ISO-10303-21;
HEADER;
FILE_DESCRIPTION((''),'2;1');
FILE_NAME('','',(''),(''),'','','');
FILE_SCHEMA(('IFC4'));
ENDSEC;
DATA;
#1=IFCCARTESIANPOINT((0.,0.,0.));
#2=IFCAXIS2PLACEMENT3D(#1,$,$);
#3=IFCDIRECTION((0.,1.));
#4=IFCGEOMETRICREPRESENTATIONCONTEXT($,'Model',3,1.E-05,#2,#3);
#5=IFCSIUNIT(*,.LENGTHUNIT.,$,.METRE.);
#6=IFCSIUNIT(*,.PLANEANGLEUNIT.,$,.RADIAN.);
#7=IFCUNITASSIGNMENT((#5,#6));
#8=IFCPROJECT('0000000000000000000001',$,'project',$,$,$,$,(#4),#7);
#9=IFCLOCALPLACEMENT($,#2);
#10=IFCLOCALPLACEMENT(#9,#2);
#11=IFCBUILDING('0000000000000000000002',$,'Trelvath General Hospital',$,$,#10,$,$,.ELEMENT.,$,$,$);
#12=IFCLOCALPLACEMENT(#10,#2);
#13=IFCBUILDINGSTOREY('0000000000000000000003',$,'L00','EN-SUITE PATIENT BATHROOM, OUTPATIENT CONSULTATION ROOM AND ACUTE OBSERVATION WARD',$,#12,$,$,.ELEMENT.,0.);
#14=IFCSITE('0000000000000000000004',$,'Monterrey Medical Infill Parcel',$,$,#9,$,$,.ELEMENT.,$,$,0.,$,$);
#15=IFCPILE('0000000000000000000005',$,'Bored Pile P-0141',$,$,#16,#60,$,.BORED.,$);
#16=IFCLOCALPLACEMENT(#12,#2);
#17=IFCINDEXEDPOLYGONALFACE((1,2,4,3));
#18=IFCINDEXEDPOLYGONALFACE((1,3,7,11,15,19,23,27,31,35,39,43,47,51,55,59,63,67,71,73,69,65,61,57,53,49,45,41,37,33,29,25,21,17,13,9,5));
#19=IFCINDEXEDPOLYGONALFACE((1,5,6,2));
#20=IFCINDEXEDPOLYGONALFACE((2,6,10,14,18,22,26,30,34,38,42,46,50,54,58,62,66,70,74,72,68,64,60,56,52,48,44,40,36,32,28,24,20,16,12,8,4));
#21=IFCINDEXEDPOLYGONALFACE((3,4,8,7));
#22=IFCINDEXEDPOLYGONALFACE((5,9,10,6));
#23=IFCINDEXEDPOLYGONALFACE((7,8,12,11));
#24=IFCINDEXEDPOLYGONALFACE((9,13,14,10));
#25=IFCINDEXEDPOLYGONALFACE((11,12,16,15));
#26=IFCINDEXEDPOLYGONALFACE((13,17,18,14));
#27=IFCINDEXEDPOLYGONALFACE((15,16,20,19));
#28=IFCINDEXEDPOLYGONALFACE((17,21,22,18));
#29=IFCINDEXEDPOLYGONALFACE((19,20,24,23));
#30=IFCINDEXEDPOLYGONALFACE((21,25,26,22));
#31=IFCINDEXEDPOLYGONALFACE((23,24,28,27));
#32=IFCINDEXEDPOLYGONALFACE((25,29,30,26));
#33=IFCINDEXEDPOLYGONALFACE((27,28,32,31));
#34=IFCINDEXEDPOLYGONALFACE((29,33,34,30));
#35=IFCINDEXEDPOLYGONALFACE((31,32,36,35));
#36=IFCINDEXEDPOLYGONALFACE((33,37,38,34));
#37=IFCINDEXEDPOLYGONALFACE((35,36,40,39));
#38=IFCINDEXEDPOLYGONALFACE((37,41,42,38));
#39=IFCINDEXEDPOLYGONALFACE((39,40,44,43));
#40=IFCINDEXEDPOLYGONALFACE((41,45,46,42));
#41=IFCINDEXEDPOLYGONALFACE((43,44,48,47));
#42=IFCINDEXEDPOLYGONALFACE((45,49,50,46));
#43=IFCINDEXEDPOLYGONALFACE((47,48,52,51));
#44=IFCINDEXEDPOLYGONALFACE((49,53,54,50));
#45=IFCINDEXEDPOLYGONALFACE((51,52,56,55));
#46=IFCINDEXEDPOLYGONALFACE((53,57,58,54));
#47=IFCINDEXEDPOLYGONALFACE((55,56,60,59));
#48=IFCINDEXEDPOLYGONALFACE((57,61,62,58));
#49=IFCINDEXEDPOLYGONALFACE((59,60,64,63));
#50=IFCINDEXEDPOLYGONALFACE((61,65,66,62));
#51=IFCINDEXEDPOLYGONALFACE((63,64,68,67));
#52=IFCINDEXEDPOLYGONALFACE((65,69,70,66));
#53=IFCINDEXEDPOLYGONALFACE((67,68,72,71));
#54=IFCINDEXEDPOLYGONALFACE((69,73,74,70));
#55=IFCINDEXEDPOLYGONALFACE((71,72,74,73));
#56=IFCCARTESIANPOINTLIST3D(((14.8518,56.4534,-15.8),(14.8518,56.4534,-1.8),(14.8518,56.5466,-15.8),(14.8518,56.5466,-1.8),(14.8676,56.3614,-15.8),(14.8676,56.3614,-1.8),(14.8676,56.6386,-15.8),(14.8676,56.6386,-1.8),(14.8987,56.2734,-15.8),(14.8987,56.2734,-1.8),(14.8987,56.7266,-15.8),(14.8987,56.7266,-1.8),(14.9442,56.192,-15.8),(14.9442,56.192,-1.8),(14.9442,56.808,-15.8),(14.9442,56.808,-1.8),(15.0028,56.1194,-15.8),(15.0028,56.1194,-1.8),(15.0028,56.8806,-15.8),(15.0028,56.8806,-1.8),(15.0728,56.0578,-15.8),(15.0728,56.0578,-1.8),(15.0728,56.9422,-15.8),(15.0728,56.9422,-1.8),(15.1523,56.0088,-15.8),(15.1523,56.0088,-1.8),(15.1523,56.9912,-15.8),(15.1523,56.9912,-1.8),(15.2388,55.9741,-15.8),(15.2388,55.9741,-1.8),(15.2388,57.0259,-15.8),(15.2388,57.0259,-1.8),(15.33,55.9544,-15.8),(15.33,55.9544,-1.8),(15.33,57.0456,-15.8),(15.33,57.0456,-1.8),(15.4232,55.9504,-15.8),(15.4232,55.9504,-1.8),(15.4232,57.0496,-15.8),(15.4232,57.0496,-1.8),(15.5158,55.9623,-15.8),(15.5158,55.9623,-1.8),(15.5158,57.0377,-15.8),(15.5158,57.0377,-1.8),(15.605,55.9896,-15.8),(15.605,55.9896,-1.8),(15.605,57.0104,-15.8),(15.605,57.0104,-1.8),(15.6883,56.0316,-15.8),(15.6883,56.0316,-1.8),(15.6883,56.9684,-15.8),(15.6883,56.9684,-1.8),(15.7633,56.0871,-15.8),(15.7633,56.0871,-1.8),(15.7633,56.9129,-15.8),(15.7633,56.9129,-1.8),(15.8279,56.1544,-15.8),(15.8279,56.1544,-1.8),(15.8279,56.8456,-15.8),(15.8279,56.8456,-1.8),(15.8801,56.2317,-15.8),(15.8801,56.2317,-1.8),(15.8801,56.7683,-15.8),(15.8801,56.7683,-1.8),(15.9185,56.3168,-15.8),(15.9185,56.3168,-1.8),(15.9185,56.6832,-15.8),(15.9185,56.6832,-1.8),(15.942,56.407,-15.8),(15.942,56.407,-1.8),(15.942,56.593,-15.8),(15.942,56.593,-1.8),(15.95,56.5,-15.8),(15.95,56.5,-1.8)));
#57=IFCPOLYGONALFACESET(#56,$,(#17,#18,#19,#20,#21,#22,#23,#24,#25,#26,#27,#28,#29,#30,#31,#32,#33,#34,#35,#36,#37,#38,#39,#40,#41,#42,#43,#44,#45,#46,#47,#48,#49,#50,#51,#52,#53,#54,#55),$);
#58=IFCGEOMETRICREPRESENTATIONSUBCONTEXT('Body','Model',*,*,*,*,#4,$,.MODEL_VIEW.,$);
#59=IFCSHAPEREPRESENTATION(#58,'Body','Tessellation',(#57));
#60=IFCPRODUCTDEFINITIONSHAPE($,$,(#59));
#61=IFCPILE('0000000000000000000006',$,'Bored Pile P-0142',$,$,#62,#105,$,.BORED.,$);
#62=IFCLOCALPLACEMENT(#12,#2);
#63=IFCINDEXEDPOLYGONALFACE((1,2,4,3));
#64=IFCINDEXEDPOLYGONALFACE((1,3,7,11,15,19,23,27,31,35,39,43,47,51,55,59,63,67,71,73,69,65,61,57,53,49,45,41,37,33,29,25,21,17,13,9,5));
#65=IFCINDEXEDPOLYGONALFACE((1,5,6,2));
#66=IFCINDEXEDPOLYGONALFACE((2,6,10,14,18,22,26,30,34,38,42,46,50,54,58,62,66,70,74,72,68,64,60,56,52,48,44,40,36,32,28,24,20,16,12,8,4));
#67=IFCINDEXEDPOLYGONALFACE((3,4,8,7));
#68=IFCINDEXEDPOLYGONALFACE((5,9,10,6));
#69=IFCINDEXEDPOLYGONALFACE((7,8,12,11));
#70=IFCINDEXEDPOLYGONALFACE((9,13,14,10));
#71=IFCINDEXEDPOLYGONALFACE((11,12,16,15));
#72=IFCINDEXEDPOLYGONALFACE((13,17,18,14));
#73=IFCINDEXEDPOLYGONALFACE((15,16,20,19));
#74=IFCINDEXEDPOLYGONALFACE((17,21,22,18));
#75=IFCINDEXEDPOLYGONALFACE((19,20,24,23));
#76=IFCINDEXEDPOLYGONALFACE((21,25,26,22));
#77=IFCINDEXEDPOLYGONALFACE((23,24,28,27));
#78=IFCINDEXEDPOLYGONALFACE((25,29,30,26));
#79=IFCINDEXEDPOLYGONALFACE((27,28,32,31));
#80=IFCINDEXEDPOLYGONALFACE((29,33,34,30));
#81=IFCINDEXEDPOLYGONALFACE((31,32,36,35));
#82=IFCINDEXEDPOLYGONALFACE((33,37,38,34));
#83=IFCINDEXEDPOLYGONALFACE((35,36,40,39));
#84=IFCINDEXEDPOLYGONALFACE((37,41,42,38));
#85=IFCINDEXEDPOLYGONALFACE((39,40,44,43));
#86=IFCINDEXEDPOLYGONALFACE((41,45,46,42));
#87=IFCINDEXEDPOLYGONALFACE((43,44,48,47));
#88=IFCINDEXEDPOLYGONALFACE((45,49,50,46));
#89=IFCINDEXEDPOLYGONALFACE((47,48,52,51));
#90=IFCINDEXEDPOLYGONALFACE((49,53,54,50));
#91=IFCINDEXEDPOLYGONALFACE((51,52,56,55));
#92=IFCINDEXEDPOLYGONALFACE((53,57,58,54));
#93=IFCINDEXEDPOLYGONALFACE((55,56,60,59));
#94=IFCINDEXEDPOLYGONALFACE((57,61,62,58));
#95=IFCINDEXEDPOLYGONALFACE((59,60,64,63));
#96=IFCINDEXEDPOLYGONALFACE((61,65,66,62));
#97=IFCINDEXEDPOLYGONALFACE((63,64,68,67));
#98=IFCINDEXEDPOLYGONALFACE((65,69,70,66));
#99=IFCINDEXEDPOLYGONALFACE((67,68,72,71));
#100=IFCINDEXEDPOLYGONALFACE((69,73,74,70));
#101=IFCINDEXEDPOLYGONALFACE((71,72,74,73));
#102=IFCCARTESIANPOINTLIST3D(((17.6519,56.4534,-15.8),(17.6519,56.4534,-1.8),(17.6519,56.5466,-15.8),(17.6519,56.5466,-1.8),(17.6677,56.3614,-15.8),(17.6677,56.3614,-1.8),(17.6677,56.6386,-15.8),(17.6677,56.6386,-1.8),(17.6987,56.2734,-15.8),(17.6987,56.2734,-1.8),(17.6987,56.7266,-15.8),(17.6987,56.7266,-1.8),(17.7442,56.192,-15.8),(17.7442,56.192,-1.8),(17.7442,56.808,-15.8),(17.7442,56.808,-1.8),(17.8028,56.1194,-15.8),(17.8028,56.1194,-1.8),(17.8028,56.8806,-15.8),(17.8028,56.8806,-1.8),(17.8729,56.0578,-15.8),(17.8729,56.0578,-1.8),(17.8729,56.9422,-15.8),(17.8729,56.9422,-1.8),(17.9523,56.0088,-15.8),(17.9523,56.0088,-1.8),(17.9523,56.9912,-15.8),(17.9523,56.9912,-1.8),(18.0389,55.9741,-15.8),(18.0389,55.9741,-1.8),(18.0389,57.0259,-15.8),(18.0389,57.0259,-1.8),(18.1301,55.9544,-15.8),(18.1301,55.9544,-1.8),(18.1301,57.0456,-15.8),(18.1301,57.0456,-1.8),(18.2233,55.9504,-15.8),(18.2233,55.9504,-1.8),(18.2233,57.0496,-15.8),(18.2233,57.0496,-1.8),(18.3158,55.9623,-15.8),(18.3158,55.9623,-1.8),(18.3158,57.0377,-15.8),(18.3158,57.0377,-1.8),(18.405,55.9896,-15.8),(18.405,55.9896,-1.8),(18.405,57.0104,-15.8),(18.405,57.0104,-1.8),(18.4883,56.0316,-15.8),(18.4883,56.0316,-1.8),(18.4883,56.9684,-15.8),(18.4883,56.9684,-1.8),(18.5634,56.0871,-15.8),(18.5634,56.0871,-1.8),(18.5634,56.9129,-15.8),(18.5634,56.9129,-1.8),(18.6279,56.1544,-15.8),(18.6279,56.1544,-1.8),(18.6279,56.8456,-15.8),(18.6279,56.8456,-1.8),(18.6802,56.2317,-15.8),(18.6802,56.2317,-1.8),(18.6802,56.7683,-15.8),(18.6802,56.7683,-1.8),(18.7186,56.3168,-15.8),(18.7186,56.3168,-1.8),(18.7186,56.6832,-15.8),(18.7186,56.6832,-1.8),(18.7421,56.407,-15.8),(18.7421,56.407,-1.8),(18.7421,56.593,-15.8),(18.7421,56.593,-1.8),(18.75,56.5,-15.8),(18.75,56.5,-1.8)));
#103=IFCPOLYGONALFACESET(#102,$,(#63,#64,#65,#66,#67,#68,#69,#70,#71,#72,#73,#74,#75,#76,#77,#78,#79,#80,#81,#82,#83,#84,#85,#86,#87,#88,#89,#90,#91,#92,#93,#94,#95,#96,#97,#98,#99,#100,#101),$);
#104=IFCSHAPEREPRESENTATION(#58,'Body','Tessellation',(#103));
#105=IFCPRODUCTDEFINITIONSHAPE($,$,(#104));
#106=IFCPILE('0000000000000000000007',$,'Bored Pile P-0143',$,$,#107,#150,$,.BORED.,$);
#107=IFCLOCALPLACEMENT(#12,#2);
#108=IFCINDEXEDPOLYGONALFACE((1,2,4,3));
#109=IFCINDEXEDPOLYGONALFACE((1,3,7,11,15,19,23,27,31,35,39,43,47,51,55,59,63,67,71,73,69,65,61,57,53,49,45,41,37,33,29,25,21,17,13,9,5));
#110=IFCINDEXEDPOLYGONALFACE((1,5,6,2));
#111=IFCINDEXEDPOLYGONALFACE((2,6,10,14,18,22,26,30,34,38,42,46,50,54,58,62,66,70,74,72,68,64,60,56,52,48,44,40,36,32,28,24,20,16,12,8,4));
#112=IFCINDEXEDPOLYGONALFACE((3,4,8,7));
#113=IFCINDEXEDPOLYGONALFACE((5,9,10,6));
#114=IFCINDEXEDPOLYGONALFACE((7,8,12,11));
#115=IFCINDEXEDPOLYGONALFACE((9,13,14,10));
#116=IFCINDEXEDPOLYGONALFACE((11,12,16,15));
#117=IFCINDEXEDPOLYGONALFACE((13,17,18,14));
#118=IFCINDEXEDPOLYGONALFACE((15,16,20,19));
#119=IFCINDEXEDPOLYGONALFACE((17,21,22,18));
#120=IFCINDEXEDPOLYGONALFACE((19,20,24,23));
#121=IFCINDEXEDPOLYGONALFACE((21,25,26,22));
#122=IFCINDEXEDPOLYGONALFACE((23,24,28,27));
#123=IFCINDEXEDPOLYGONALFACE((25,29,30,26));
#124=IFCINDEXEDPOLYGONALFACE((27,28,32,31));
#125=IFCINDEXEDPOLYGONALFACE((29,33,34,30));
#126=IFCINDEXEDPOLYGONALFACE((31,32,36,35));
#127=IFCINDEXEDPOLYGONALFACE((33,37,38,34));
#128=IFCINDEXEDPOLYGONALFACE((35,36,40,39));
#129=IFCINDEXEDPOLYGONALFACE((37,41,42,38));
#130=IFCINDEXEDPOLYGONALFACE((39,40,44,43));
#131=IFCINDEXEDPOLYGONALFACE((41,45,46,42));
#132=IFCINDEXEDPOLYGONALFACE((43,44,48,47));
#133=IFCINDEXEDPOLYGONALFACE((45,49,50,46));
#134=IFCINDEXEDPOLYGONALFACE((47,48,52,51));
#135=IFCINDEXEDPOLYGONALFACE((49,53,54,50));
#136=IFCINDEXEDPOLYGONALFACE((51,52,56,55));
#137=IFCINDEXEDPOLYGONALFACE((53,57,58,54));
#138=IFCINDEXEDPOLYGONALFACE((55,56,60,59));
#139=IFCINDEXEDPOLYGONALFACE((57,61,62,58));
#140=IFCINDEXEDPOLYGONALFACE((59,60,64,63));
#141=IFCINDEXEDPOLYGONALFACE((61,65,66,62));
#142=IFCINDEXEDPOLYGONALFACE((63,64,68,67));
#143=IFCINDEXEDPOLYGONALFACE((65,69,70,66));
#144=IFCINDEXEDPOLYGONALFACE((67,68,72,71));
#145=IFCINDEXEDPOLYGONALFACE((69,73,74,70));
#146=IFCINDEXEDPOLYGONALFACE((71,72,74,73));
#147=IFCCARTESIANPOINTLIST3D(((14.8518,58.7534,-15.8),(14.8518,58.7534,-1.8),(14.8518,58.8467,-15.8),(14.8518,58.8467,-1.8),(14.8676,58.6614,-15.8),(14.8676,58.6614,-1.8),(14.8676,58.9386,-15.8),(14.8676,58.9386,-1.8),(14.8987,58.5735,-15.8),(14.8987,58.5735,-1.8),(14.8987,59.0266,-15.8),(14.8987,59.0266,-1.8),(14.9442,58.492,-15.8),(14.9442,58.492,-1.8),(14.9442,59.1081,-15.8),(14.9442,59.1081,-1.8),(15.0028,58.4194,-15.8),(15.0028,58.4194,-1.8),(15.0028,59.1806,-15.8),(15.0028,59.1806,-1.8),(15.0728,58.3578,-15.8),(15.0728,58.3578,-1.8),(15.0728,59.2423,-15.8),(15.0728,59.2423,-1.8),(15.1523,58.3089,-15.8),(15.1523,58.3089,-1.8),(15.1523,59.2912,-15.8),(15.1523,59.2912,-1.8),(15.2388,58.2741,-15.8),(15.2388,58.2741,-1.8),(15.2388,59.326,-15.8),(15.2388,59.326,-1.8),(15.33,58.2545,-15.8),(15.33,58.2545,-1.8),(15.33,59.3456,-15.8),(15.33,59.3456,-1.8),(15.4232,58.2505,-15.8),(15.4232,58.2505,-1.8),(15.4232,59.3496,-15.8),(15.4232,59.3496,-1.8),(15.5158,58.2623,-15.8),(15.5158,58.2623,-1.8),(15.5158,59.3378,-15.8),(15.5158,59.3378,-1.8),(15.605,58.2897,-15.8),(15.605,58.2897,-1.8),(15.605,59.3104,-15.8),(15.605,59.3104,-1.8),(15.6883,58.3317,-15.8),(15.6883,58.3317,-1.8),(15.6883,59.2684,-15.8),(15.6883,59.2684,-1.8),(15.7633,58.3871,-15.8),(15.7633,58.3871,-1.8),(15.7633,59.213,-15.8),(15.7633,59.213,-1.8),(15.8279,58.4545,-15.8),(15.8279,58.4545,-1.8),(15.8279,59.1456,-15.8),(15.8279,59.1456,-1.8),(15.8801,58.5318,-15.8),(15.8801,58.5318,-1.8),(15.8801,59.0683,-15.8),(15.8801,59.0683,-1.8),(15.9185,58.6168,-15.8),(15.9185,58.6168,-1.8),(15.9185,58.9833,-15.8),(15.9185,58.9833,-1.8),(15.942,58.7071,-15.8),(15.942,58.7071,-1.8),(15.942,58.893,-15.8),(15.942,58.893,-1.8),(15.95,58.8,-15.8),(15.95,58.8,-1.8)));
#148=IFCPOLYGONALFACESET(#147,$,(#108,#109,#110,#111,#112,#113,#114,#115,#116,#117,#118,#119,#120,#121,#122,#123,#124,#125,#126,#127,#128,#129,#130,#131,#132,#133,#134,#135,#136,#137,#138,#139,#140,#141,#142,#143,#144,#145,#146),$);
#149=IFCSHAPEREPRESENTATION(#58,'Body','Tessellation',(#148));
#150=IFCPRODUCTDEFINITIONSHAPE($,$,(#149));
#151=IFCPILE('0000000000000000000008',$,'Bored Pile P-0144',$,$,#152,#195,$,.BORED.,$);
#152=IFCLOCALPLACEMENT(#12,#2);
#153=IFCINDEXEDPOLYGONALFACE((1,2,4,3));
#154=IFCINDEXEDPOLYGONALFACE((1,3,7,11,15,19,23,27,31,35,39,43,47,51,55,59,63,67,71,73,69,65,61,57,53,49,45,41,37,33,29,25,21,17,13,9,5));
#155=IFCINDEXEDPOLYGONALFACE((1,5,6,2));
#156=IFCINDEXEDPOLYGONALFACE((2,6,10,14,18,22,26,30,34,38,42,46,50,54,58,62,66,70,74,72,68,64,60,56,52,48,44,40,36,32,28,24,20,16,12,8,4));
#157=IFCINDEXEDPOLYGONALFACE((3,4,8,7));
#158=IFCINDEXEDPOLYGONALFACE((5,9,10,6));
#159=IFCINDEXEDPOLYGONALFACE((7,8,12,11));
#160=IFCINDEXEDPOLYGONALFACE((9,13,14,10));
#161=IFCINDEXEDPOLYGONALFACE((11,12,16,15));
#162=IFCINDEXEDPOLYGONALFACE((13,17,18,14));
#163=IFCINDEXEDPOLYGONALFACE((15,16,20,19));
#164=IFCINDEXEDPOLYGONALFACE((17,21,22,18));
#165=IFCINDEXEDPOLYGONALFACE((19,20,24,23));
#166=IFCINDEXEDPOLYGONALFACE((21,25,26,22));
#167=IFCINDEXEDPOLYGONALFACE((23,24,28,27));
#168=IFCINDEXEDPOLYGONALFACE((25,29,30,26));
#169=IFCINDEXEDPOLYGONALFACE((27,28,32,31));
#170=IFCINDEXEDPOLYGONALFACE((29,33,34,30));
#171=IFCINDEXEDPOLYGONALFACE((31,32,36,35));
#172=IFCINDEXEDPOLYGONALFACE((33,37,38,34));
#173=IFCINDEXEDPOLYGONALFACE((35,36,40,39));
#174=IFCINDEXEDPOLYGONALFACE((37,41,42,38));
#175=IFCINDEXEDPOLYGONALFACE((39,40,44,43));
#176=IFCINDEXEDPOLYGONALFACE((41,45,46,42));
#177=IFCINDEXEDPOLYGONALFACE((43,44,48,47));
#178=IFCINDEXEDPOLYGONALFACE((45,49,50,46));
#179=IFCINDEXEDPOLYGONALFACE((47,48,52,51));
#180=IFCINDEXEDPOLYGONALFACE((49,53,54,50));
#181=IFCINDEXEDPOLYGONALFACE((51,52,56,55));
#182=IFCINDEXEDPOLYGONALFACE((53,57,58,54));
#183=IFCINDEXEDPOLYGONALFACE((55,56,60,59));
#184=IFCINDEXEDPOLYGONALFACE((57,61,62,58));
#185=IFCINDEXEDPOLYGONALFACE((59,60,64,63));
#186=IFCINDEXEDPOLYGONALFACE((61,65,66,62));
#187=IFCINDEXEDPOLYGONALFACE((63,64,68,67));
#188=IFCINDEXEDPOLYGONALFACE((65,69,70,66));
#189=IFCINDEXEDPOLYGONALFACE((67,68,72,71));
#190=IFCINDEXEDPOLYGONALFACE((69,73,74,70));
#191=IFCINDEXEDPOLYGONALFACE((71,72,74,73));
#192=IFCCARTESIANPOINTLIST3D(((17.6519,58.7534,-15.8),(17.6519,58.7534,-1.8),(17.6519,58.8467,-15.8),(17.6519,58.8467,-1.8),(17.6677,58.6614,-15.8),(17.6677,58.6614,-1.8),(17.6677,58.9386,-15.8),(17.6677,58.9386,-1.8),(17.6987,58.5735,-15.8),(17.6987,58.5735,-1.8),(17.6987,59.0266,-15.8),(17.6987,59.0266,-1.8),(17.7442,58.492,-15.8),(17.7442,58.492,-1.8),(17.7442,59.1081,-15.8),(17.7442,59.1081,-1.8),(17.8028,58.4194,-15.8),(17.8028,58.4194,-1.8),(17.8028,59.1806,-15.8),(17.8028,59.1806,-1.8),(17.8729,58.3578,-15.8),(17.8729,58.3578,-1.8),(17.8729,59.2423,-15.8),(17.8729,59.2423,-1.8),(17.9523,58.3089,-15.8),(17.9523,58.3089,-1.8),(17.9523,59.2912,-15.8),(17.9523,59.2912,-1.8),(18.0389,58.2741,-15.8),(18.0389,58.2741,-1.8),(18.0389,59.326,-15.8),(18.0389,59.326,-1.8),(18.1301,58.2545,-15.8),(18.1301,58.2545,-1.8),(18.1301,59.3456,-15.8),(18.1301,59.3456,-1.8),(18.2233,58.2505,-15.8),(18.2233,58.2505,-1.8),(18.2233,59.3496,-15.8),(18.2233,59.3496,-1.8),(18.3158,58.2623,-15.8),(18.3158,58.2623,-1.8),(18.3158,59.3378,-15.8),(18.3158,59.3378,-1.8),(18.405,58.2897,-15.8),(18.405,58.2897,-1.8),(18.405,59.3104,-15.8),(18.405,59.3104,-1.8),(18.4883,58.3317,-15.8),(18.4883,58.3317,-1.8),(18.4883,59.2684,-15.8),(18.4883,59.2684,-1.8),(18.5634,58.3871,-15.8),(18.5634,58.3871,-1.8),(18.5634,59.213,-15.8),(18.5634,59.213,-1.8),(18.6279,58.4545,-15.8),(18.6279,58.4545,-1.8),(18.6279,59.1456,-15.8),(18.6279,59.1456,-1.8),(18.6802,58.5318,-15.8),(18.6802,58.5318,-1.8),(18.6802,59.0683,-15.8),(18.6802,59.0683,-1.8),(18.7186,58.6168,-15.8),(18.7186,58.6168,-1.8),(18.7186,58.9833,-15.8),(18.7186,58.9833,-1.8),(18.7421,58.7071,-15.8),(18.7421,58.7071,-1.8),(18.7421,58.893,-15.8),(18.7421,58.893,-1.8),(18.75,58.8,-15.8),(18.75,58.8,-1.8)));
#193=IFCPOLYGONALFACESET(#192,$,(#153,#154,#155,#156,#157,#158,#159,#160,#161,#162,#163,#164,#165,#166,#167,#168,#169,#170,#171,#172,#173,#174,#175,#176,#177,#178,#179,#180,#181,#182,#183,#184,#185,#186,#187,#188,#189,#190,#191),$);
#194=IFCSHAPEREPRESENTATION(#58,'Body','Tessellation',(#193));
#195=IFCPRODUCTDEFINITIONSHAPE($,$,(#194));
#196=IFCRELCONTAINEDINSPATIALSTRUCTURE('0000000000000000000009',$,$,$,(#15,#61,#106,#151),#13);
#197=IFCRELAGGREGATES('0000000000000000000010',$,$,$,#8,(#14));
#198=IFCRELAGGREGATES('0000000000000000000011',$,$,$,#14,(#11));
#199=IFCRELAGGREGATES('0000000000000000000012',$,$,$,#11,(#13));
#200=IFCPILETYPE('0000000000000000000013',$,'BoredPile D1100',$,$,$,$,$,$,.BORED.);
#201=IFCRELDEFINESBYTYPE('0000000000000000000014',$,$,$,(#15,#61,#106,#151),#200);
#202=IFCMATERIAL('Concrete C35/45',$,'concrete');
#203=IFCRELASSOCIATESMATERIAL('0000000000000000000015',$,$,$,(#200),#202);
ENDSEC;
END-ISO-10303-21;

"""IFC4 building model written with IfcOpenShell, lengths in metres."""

from ifc_helpers import new_model, si_unit, direction, frame, origin, origin_2d, place, context, subcontext, project, spatial, circle, extrude, material, material_profile, profile_set, type_object, element, save


model = new_model("IFC4")

# Units and contexts
model_context = context("Model", 3, precision=1e-05, world=origin(), true_north=direction((0.0, 1.0)))
body_context = subcontext(model_context, "Body", "Model", "MODEL_VIEW")
ifc_project = project(units=[si_unit("LENGTHUNIT", "METRE"), si_unit("PLANEANGLEUNIT", "RADIAN")], contexts=[model_context])

# Site, building, storey
site_placement = place(None, origin())
site = spatial("IfcSite", under=ifc_project, at=site_placement, Name="Monterrey Medical Infill Parcel", CompositionType="ELEMENT", RefElevation=0.0)
building_placement = place(site_placement, origin())
building = spatial("IfcBuilding", under=site, at=building_placement, Name="Trelvath General Hospital", CompositionType="ELEMENT")
storey_placement = place(building_placement, origin())
storey = spatial("IfcBuildingStorey", under=building, at=storey_placement, Name="L00", Description="EN-SUITE PATIENT BATHROOM, OUTPATIENT CONSULTATION ROOM AND ACUTE OBSERVATION WARD", CompositionType="ELEMENT", Elevation=0.0)

# Piles
ifc_material_1 = material(Name="Concrete C35/45", Category="concrete")
ifc_material_profile_1 = material_profile(ifc_material_1, circle(Radius=0.55, at=origin_2d()), Name="PILE1100")
ifc_profile_set_1 = profile_set([ifc_material_profile_1], Name="Concrete C35/45")
pile_type_1 = type_object("IfcPileType", Name="BoredPile D1100", PredefinedType="BORED", material=ifc_profile_set_1)
for number, where, z_axis, x_axis, name in (
    (1, (15.3999, 56.5, -1.8), (0.0, 0.0, -1.0), (1.0, 0.0, 0.0), "Bored Pile P-0141"),
    (2, (18.2, 56.5, -1.8), (0.0, 0.0, -1.0), (1.0, 0.0, 0.0), "Bored Pile P-0142"),
    (3, (15.3999, 58.8, -1.8), (0.0, 0.0, -1.0), (1.0, 0.0, 0.0), "Bored Pile P-0143"),
    (4, (18.2, 58.8, -1.8), (0.0, 0.0, -1.0), (1.0, 0.0, 0.0), "Bored Pile P-0144"),
):
    element("IfcPile", number, at=place(storey_placement, frame(where, z_axis=z_axis, x_axis=x_axis)), inside=storey, type_object=pile_type_1, Name=name, PredefinedType="BORED", context=body_context, shape_type="SweptSolid", body=[
        extrude(circle(Radius=0.55, at=origin_2d()), origin(), (0.0, 0.0, 1.0), 14.0),
    ])

save(model, "model.ifc")
